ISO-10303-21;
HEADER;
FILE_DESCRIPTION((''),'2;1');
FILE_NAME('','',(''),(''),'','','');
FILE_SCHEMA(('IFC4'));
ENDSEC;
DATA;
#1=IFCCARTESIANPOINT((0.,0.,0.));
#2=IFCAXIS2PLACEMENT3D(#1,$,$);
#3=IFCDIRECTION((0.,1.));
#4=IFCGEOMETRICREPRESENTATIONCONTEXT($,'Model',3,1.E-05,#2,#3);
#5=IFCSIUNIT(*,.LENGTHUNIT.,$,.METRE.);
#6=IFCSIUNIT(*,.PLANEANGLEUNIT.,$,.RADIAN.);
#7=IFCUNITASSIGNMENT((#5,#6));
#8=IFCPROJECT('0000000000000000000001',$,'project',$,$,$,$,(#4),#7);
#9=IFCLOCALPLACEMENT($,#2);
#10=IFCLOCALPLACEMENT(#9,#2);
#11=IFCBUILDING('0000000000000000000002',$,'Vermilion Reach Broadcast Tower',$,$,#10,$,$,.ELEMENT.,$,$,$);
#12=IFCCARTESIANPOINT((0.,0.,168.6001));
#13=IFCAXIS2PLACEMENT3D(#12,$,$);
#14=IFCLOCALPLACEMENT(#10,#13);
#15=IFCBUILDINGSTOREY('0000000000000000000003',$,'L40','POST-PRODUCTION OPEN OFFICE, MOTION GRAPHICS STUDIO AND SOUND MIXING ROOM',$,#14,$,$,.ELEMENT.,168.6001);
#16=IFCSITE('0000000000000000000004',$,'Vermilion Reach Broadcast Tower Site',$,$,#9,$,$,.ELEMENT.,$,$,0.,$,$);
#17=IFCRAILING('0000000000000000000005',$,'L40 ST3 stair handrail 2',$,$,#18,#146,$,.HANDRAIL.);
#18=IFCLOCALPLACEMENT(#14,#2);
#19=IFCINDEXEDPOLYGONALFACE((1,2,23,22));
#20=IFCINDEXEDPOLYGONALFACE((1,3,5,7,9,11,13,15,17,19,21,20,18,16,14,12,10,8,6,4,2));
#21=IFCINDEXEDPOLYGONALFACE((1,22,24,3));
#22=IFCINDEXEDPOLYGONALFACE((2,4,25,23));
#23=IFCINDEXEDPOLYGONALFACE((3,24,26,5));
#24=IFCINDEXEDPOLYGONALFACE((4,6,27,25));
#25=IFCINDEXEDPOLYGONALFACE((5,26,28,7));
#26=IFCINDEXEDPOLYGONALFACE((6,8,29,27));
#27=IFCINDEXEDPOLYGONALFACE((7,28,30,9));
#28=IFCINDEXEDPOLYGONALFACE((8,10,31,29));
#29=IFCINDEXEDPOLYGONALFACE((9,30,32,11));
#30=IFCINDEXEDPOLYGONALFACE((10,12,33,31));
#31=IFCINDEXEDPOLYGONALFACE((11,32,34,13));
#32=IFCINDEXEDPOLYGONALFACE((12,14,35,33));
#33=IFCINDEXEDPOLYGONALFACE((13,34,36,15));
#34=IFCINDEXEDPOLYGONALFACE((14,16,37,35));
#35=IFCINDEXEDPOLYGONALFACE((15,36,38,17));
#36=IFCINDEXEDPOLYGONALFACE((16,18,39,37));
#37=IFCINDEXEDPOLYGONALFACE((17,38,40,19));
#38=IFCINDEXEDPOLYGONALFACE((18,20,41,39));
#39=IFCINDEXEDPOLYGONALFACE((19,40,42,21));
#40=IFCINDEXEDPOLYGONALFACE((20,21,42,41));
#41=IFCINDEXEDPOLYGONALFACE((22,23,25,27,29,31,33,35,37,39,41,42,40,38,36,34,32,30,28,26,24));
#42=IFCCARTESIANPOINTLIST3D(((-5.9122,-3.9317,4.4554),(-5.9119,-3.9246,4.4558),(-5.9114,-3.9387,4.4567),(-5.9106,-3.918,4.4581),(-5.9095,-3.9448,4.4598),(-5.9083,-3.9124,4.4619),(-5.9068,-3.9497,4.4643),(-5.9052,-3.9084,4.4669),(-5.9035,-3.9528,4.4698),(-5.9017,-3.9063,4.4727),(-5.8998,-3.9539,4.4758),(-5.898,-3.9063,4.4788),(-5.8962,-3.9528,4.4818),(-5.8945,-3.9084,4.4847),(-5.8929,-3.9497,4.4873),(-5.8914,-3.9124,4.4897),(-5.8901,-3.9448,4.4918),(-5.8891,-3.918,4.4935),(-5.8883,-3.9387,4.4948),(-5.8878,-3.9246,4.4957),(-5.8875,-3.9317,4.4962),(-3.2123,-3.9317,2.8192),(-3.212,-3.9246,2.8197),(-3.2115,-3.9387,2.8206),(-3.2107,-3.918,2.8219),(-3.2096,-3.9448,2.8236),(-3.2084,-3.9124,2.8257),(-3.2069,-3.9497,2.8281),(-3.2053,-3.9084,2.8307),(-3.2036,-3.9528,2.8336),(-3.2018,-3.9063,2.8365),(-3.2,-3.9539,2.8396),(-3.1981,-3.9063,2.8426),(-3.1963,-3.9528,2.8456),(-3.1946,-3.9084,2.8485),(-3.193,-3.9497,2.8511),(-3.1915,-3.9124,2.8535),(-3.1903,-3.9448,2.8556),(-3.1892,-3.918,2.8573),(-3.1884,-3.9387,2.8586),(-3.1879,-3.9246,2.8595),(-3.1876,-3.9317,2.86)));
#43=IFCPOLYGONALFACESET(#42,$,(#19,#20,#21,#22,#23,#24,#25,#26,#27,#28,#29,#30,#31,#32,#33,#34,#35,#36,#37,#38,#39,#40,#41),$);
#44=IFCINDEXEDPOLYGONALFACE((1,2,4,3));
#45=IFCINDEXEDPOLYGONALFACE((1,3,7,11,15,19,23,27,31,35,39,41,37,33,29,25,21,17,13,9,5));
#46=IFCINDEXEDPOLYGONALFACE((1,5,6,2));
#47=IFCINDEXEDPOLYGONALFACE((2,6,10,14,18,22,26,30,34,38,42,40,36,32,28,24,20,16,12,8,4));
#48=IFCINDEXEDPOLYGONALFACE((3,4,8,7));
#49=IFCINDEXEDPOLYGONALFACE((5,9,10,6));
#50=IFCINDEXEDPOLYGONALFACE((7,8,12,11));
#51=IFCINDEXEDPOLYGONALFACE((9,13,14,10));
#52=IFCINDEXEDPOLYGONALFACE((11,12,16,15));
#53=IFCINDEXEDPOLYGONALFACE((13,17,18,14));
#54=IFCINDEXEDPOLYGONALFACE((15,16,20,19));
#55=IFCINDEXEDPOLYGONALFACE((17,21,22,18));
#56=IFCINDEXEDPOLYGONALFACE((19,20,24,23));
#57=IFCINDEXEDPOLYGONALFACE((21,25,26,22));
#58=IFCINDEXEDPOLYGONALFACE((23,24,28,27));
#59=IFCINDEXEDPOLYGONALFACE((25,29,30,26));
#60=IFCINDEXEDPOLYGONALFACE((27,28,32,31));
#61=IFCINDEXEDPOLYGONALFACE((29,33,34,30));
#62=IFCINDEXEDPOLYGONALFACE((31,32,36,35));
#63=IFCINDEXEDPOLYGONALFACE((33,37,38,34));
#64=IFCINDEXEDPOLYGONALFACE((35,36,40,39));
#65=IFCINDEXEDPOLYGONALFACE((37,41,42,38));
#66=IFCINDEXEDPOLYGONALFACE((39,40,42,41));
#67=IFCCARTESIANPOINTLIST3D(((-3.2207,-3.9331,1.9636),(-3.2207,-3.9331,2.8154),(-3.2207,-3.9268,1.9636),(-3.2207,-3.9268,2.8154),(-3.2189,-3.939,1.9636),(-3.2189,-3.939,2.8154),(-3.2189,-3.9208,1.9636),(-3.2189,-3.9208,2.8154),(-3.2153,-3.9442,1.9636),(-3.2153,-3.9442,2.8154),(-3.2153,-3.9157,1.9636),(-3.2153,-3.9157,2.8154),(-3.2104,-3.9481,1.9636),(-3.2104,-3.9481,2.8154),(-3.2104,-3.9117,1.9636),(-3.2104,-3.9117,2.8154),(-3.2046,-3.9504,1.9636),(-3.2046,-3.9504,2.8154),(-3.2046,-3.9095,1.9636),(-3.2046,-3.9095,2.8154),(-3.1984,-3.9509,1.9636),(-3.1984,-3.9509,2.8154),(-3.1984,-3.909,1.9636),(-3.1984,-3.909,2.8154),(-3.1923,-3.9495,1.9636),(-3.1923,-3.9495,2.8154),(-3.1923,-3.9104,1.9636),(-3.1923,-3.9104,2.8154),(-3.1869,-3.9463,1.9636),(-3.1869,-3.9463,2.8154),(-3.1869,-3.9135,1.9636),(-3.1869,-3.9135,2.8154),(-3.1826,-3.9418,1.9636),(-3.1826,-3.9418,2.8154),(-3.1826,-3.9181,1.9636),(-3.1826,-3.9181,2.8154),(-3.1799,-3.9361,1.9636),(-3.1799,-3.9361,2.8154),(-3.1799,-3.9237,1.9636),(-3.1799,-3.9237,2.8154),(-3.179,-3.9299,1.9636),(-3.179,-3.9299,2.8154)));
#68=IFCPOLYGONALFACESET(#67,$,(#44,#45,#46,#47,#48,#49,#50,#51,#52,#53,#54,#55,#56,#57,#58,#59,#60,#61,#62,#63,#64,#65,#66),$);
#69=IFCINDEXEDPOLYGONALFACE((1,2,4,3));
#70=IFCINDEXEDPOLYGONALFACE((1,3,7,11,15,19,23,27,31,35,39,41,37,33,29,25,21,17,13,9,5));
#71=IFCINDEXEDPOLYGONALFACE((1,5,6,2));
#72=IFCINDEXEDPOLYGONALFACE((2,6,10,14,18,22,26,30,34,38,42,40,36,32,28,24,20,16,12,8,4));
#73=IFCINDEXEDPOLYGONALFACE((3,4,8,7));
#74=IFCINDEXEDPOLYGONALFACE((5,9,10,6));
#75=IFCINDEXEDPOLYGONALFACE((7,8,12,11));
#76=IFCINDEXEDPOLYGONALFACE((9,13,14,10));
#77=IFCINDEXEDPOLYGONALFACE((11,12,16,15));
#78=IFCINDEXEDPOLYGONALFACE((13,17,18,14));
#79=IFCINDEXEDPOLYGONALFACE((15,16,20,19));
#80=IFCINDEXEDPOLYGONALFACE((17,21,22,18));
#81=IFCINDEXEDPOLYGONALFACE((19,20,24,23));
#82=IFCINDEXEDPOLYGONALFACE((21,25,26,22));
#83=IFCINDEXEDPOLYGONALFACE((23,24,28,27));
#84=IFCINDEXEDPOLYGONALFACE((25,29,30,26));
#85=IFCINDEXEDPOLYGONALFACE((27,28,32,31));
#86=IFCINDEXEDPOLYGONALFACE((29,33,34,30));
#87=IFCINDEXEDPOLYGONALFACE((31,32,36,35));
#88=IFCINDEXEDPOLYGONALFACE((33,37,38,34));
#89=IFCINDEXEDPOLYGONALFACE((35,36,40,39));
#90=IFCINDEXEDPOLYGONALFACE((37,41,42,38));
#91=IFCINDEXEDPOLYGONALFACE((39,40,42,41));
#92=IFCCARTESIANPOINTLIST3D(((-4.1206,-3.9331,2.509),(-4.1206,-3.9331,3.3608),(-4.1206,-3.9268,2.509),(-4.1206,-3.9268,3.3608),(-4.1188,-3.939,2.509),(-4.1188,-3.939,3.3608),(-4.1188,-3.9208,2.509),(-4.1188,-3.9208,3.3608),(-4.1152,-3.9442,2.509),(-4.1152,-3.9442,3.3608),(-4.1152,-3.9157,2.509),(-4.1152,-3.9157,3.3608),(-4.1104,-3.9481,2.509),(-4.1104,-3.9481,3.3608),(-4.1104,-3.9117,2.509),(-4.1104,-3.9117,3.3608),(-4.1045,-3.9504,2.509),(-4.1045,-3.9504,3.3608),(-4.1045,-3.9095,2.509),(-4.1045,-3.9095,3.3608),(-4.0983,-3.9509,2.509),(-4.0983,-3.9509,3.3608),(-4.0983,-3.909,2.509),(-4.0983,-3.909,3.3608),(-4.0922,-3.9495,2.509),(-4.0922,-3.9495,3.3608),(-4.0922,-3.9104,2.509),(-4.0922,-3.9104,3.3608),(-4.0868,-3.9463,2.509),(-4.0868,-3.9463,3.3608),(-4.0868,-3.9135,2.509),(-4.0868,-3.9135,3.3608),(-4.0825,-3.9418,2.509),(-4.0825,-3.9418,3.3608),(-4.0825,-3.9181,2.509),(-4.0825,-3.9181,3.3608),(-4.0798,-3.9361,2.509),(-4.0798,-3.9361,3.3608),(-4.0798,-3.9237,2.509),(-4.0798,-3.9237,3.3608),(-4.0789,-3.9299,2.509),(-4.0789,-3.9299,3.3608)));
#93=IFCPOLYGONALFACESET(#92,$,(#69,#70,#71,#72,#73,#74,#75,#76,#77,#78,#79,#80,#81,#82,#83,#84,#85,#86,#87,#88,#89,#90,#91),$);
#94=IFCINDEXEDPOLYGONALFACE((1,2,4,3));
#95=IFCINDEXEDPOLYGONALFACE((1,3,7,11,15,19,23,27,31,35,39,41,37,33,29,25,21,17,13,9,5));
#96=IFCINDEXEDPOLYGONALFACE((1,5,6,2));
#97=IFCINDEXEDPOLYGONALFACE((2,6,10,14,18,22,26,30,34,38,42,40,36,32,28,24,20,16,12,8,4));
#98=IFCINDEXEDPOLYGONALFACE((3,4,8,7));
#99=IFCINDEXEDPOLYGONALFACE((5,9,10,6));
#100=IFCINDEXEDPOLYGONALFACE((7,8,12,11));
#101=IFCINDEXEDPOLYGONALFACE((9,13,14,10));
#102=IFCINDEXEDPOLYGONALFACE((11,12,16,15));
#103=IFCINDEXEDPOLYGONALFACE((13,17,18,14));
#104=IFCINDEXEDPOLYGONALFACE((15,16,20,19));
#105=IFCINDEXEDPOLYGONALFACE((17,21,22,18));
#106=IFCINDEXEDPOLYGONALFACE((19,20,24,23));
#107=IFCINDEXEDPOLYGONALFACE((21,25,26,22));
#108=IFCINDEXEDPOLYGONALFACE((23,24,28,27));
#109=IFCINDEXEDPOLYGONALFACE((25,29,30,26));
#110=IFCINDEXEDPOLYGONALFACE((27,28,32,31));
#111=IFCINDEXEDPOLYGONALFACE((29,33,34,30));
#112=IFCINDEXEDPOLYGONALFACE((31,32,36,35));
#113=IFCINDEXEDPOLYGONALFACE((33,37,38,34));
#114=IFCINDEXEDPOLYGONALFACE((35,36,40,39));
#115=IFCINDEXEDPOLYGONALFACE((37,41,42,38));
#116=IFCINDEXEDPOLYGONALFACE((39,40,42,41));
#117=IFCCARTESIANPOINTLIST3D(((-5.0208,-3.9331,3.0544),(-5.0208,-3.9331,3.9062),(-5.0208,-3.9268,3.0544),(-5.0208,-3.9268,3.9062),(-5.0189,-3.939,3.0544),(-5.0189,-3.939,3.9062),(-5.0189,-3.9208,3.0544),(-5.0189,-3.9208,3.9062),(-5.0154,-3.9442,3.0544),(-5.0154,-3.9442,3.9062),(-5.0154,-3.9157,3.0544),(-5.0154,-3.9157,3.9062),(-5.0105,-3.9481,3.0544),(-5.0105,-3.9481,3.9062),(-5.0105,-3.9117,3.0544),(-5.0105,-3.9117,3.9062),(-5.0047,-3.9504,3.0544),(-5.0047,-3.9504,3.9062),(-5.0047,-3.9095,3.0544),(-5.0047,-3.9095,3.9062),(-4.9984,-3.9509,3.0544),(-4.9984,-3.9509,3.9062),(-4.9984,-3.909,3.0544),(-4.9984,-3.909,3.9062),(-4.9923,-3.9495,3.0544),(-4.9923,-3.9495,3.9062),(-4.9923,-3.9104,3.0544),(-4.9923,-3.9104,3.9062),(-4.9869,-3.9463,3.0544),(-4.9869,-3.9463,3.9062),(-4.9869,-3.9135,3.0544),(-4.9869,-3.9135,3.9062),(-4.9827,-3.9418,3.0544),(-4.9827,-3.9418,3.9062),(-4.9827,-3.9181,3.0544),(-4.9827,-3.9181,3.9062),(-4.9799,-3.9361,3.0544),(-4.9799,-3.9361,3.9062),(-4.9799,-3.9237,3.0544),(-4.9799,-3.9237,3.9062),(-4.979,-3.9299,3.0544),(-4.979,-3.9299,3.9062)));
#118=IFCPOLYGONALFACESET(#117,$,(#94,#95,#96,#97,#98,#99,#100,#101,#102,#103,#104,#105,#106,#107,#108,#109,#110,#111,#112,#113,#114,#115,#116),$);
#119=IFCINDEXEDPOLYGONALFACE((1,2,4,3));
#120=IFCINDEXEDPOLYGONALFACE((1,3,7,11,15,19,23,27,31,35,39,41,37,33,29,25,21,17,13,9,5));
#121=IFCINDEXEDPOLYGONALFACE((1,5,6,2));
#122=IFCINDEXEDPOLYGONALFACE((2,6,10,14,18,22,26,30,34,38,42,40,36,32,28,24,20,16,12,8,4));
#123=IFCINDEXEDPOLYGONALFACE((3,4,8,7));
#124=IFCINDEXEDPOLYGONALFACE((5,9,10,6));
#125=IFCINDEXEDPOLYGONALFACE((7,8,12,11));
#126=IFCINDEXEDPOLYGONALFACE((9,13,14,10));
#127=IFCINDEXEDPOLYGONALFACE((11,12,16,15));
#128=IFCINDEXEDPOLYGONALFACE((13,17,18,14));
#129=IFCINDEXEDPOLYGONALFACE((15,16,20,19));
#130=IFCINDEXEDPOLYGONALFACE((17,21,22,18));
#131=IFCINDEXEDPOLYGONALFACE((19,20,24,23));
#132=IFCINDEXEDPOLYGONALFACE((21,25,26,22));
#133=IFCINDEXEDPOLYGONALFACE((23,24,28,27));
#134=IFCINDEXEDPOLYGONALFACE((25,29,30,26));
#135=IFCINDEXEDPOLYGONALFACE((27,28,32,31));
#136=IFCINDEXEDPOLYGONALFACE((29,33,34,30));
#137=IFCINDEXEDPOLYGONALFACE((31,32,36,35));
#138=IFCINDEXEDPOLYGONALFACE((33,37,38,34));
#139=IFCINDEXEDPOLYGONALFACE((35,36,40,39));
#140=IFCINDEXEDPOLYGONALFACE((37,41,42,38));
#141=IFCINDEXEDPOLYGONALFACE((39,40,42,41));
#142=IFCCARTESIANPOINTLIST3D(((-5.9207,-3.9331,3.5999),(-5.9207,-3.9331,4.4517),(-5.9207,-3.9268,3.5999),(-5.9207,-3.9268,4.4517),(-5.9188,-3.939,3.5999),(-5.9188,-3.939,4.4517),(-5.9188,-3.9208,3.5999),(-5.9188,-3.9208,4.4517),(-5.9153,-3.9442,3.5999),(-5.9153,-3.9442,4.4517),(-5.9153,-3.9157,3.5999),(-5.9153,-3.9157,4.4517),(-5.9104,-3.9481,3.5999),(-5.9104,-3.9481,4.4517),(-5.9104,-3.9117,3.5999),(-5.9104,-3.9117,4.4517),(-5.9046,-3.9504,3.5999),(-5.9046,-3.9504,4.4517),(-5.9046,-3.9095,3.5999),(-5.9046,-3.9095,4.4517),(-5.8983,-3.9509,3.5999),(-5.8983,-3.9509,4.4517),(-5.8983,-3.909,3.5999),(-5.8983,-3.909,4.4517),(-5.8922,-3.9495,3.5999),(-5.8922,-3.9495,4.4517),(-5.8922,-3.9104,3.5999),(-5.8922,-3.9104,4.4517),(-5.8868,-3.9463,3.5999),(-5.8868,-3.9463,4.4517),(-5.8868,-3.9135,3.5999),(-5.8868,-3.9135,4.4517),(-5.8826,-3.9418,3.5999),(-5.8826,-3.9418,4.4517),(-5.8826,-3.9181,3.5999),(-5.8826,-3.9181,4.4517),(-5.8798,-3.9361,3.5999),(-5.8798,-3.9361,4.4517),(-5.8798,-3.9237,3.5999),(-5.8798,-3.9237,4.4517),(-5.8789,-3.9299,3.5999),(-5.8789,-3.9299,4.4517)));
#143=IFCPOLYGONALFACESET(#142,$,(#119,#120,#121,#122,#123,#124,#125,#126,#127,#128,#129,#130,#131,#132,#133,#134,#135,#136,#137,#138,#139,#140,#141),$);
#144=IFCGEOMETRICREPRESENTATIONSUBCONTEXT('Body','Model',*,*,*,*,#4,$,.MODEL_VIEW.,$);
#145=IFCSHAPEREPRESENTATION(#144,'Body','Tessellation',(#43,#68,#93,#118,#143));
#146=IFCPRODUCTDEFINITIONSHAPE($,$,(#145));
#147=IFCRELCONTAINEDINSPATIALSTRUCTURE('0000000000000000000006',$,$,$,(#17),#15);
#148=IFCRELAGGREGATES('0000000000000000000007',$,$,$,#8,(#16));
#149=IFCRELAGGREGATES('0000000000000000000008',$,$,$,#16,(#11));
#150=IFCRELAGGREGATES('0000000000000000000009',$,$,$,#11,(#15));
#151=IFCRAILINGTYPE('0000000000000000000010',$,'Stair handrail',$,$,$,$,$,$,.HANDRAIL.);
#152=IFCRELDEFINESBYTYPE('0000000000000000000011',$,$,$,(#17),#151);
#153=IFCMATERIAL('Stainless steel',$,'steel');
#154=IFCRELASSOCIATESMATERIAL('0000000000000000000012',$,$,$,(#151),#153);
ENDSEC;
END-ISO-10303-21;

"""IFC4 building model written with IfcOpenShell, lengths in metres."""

from ifc_helpers import new_model, si_unit, direction, frame, origin, origin_2d, place, context, subcontext, project, spatial, circle, extrude, material, type_object, element, save


model = new_model("IFC4")

# Units and contexts
model_context = context("Model", 3, precision=1e-05, world=origin(), true_north=direction((0.0, 1.0)))
body_context = subcontext(model_context, "Body", "Model", "MODEL_VIEW")
ifc_project = project(units=[si_unit("LENGTHUNIT", "METRE"), si_unit("PLANEANGLEUNIT", "RADIAN")], contexts=[model_context])

# Site, building, storey
site_placement = place(None, origin())
site = spatial("IfcSite", under=ifc_project, at=site_placement, Name="Vermilion Reach Broadcast Tower Site", CompositionType="ELEMENT", RefElevation=0.0)
building_placement = place(site_placement, origin())
building = spatial("IfcBuilding", under=site, at=building_placement, Name="Vermilion Reach Broadcast Tower", CompositionType="ELEMENT")
storey_placement = place(building_placement, frame((0.0, 0.0, 168.6001)))
storey = spatial("IfcBuildingStorey", under=building, at=storey_placement, Name="L40", Description="POST-PRODUCTION OPEN OFFICE, MOTION GRAPHICS STUDIO AND SOUND MIXING ROOM", CompositionType="ELEMENT", Elevation=168.6001)

# Railing
ifc_material_1 = material(Name="Stainless steel", Category="steel")
railing_type_1 = type_object("IfcRailingType", Name="Stair handrail", PredefinedType="HANDRAIL", material=ifc_material_1)
railing_1_placement = place(storey_placement, frame((-3.2, -3.9299, 1.9636)))
element("IfcRailing", 1, at=railing_1_placement, inside=storey, type_object=railing_type_1, Name="L40 ST3 stair handrail 2", PredefinedType="HANDRAIL", context=body_context, shape_type="SweptSolid", body=[
    extrude(circle(Radius=0.0239, at=origin_2d()), frame((0.0, 0.0, 0.876), z_axis=(-0.855212, 0.0, 0.518278), x_axis=(0.0, -1.0, 0.0)), (0.0, 0.0, 1.0), 3.157),
    extrude(circle(Radius=0.021, at=origin_2d()), origin(), (0.0, 0.0, 1.0), 0.8518),
    extrude(circle(Radius=0.021, at=origin_2d()), frame((-0.8999, 0.0, 0.5454)), (0.0, 0.0, 1.0), 0.8518),
    extrude(circle(Radius=0.021, at=origin_2d()), frame((-1.8, 0.0, 1.0908)), (0.0, 0.0, 1.0), 0.8518),
    extrude(circle(Radius=0.021, at=origin_2d()), frame((-2.7, 0.0, 1.6362)), (0.0, 0.0, 1.0), 0.8518),
])

save(model, "model.ifc")
